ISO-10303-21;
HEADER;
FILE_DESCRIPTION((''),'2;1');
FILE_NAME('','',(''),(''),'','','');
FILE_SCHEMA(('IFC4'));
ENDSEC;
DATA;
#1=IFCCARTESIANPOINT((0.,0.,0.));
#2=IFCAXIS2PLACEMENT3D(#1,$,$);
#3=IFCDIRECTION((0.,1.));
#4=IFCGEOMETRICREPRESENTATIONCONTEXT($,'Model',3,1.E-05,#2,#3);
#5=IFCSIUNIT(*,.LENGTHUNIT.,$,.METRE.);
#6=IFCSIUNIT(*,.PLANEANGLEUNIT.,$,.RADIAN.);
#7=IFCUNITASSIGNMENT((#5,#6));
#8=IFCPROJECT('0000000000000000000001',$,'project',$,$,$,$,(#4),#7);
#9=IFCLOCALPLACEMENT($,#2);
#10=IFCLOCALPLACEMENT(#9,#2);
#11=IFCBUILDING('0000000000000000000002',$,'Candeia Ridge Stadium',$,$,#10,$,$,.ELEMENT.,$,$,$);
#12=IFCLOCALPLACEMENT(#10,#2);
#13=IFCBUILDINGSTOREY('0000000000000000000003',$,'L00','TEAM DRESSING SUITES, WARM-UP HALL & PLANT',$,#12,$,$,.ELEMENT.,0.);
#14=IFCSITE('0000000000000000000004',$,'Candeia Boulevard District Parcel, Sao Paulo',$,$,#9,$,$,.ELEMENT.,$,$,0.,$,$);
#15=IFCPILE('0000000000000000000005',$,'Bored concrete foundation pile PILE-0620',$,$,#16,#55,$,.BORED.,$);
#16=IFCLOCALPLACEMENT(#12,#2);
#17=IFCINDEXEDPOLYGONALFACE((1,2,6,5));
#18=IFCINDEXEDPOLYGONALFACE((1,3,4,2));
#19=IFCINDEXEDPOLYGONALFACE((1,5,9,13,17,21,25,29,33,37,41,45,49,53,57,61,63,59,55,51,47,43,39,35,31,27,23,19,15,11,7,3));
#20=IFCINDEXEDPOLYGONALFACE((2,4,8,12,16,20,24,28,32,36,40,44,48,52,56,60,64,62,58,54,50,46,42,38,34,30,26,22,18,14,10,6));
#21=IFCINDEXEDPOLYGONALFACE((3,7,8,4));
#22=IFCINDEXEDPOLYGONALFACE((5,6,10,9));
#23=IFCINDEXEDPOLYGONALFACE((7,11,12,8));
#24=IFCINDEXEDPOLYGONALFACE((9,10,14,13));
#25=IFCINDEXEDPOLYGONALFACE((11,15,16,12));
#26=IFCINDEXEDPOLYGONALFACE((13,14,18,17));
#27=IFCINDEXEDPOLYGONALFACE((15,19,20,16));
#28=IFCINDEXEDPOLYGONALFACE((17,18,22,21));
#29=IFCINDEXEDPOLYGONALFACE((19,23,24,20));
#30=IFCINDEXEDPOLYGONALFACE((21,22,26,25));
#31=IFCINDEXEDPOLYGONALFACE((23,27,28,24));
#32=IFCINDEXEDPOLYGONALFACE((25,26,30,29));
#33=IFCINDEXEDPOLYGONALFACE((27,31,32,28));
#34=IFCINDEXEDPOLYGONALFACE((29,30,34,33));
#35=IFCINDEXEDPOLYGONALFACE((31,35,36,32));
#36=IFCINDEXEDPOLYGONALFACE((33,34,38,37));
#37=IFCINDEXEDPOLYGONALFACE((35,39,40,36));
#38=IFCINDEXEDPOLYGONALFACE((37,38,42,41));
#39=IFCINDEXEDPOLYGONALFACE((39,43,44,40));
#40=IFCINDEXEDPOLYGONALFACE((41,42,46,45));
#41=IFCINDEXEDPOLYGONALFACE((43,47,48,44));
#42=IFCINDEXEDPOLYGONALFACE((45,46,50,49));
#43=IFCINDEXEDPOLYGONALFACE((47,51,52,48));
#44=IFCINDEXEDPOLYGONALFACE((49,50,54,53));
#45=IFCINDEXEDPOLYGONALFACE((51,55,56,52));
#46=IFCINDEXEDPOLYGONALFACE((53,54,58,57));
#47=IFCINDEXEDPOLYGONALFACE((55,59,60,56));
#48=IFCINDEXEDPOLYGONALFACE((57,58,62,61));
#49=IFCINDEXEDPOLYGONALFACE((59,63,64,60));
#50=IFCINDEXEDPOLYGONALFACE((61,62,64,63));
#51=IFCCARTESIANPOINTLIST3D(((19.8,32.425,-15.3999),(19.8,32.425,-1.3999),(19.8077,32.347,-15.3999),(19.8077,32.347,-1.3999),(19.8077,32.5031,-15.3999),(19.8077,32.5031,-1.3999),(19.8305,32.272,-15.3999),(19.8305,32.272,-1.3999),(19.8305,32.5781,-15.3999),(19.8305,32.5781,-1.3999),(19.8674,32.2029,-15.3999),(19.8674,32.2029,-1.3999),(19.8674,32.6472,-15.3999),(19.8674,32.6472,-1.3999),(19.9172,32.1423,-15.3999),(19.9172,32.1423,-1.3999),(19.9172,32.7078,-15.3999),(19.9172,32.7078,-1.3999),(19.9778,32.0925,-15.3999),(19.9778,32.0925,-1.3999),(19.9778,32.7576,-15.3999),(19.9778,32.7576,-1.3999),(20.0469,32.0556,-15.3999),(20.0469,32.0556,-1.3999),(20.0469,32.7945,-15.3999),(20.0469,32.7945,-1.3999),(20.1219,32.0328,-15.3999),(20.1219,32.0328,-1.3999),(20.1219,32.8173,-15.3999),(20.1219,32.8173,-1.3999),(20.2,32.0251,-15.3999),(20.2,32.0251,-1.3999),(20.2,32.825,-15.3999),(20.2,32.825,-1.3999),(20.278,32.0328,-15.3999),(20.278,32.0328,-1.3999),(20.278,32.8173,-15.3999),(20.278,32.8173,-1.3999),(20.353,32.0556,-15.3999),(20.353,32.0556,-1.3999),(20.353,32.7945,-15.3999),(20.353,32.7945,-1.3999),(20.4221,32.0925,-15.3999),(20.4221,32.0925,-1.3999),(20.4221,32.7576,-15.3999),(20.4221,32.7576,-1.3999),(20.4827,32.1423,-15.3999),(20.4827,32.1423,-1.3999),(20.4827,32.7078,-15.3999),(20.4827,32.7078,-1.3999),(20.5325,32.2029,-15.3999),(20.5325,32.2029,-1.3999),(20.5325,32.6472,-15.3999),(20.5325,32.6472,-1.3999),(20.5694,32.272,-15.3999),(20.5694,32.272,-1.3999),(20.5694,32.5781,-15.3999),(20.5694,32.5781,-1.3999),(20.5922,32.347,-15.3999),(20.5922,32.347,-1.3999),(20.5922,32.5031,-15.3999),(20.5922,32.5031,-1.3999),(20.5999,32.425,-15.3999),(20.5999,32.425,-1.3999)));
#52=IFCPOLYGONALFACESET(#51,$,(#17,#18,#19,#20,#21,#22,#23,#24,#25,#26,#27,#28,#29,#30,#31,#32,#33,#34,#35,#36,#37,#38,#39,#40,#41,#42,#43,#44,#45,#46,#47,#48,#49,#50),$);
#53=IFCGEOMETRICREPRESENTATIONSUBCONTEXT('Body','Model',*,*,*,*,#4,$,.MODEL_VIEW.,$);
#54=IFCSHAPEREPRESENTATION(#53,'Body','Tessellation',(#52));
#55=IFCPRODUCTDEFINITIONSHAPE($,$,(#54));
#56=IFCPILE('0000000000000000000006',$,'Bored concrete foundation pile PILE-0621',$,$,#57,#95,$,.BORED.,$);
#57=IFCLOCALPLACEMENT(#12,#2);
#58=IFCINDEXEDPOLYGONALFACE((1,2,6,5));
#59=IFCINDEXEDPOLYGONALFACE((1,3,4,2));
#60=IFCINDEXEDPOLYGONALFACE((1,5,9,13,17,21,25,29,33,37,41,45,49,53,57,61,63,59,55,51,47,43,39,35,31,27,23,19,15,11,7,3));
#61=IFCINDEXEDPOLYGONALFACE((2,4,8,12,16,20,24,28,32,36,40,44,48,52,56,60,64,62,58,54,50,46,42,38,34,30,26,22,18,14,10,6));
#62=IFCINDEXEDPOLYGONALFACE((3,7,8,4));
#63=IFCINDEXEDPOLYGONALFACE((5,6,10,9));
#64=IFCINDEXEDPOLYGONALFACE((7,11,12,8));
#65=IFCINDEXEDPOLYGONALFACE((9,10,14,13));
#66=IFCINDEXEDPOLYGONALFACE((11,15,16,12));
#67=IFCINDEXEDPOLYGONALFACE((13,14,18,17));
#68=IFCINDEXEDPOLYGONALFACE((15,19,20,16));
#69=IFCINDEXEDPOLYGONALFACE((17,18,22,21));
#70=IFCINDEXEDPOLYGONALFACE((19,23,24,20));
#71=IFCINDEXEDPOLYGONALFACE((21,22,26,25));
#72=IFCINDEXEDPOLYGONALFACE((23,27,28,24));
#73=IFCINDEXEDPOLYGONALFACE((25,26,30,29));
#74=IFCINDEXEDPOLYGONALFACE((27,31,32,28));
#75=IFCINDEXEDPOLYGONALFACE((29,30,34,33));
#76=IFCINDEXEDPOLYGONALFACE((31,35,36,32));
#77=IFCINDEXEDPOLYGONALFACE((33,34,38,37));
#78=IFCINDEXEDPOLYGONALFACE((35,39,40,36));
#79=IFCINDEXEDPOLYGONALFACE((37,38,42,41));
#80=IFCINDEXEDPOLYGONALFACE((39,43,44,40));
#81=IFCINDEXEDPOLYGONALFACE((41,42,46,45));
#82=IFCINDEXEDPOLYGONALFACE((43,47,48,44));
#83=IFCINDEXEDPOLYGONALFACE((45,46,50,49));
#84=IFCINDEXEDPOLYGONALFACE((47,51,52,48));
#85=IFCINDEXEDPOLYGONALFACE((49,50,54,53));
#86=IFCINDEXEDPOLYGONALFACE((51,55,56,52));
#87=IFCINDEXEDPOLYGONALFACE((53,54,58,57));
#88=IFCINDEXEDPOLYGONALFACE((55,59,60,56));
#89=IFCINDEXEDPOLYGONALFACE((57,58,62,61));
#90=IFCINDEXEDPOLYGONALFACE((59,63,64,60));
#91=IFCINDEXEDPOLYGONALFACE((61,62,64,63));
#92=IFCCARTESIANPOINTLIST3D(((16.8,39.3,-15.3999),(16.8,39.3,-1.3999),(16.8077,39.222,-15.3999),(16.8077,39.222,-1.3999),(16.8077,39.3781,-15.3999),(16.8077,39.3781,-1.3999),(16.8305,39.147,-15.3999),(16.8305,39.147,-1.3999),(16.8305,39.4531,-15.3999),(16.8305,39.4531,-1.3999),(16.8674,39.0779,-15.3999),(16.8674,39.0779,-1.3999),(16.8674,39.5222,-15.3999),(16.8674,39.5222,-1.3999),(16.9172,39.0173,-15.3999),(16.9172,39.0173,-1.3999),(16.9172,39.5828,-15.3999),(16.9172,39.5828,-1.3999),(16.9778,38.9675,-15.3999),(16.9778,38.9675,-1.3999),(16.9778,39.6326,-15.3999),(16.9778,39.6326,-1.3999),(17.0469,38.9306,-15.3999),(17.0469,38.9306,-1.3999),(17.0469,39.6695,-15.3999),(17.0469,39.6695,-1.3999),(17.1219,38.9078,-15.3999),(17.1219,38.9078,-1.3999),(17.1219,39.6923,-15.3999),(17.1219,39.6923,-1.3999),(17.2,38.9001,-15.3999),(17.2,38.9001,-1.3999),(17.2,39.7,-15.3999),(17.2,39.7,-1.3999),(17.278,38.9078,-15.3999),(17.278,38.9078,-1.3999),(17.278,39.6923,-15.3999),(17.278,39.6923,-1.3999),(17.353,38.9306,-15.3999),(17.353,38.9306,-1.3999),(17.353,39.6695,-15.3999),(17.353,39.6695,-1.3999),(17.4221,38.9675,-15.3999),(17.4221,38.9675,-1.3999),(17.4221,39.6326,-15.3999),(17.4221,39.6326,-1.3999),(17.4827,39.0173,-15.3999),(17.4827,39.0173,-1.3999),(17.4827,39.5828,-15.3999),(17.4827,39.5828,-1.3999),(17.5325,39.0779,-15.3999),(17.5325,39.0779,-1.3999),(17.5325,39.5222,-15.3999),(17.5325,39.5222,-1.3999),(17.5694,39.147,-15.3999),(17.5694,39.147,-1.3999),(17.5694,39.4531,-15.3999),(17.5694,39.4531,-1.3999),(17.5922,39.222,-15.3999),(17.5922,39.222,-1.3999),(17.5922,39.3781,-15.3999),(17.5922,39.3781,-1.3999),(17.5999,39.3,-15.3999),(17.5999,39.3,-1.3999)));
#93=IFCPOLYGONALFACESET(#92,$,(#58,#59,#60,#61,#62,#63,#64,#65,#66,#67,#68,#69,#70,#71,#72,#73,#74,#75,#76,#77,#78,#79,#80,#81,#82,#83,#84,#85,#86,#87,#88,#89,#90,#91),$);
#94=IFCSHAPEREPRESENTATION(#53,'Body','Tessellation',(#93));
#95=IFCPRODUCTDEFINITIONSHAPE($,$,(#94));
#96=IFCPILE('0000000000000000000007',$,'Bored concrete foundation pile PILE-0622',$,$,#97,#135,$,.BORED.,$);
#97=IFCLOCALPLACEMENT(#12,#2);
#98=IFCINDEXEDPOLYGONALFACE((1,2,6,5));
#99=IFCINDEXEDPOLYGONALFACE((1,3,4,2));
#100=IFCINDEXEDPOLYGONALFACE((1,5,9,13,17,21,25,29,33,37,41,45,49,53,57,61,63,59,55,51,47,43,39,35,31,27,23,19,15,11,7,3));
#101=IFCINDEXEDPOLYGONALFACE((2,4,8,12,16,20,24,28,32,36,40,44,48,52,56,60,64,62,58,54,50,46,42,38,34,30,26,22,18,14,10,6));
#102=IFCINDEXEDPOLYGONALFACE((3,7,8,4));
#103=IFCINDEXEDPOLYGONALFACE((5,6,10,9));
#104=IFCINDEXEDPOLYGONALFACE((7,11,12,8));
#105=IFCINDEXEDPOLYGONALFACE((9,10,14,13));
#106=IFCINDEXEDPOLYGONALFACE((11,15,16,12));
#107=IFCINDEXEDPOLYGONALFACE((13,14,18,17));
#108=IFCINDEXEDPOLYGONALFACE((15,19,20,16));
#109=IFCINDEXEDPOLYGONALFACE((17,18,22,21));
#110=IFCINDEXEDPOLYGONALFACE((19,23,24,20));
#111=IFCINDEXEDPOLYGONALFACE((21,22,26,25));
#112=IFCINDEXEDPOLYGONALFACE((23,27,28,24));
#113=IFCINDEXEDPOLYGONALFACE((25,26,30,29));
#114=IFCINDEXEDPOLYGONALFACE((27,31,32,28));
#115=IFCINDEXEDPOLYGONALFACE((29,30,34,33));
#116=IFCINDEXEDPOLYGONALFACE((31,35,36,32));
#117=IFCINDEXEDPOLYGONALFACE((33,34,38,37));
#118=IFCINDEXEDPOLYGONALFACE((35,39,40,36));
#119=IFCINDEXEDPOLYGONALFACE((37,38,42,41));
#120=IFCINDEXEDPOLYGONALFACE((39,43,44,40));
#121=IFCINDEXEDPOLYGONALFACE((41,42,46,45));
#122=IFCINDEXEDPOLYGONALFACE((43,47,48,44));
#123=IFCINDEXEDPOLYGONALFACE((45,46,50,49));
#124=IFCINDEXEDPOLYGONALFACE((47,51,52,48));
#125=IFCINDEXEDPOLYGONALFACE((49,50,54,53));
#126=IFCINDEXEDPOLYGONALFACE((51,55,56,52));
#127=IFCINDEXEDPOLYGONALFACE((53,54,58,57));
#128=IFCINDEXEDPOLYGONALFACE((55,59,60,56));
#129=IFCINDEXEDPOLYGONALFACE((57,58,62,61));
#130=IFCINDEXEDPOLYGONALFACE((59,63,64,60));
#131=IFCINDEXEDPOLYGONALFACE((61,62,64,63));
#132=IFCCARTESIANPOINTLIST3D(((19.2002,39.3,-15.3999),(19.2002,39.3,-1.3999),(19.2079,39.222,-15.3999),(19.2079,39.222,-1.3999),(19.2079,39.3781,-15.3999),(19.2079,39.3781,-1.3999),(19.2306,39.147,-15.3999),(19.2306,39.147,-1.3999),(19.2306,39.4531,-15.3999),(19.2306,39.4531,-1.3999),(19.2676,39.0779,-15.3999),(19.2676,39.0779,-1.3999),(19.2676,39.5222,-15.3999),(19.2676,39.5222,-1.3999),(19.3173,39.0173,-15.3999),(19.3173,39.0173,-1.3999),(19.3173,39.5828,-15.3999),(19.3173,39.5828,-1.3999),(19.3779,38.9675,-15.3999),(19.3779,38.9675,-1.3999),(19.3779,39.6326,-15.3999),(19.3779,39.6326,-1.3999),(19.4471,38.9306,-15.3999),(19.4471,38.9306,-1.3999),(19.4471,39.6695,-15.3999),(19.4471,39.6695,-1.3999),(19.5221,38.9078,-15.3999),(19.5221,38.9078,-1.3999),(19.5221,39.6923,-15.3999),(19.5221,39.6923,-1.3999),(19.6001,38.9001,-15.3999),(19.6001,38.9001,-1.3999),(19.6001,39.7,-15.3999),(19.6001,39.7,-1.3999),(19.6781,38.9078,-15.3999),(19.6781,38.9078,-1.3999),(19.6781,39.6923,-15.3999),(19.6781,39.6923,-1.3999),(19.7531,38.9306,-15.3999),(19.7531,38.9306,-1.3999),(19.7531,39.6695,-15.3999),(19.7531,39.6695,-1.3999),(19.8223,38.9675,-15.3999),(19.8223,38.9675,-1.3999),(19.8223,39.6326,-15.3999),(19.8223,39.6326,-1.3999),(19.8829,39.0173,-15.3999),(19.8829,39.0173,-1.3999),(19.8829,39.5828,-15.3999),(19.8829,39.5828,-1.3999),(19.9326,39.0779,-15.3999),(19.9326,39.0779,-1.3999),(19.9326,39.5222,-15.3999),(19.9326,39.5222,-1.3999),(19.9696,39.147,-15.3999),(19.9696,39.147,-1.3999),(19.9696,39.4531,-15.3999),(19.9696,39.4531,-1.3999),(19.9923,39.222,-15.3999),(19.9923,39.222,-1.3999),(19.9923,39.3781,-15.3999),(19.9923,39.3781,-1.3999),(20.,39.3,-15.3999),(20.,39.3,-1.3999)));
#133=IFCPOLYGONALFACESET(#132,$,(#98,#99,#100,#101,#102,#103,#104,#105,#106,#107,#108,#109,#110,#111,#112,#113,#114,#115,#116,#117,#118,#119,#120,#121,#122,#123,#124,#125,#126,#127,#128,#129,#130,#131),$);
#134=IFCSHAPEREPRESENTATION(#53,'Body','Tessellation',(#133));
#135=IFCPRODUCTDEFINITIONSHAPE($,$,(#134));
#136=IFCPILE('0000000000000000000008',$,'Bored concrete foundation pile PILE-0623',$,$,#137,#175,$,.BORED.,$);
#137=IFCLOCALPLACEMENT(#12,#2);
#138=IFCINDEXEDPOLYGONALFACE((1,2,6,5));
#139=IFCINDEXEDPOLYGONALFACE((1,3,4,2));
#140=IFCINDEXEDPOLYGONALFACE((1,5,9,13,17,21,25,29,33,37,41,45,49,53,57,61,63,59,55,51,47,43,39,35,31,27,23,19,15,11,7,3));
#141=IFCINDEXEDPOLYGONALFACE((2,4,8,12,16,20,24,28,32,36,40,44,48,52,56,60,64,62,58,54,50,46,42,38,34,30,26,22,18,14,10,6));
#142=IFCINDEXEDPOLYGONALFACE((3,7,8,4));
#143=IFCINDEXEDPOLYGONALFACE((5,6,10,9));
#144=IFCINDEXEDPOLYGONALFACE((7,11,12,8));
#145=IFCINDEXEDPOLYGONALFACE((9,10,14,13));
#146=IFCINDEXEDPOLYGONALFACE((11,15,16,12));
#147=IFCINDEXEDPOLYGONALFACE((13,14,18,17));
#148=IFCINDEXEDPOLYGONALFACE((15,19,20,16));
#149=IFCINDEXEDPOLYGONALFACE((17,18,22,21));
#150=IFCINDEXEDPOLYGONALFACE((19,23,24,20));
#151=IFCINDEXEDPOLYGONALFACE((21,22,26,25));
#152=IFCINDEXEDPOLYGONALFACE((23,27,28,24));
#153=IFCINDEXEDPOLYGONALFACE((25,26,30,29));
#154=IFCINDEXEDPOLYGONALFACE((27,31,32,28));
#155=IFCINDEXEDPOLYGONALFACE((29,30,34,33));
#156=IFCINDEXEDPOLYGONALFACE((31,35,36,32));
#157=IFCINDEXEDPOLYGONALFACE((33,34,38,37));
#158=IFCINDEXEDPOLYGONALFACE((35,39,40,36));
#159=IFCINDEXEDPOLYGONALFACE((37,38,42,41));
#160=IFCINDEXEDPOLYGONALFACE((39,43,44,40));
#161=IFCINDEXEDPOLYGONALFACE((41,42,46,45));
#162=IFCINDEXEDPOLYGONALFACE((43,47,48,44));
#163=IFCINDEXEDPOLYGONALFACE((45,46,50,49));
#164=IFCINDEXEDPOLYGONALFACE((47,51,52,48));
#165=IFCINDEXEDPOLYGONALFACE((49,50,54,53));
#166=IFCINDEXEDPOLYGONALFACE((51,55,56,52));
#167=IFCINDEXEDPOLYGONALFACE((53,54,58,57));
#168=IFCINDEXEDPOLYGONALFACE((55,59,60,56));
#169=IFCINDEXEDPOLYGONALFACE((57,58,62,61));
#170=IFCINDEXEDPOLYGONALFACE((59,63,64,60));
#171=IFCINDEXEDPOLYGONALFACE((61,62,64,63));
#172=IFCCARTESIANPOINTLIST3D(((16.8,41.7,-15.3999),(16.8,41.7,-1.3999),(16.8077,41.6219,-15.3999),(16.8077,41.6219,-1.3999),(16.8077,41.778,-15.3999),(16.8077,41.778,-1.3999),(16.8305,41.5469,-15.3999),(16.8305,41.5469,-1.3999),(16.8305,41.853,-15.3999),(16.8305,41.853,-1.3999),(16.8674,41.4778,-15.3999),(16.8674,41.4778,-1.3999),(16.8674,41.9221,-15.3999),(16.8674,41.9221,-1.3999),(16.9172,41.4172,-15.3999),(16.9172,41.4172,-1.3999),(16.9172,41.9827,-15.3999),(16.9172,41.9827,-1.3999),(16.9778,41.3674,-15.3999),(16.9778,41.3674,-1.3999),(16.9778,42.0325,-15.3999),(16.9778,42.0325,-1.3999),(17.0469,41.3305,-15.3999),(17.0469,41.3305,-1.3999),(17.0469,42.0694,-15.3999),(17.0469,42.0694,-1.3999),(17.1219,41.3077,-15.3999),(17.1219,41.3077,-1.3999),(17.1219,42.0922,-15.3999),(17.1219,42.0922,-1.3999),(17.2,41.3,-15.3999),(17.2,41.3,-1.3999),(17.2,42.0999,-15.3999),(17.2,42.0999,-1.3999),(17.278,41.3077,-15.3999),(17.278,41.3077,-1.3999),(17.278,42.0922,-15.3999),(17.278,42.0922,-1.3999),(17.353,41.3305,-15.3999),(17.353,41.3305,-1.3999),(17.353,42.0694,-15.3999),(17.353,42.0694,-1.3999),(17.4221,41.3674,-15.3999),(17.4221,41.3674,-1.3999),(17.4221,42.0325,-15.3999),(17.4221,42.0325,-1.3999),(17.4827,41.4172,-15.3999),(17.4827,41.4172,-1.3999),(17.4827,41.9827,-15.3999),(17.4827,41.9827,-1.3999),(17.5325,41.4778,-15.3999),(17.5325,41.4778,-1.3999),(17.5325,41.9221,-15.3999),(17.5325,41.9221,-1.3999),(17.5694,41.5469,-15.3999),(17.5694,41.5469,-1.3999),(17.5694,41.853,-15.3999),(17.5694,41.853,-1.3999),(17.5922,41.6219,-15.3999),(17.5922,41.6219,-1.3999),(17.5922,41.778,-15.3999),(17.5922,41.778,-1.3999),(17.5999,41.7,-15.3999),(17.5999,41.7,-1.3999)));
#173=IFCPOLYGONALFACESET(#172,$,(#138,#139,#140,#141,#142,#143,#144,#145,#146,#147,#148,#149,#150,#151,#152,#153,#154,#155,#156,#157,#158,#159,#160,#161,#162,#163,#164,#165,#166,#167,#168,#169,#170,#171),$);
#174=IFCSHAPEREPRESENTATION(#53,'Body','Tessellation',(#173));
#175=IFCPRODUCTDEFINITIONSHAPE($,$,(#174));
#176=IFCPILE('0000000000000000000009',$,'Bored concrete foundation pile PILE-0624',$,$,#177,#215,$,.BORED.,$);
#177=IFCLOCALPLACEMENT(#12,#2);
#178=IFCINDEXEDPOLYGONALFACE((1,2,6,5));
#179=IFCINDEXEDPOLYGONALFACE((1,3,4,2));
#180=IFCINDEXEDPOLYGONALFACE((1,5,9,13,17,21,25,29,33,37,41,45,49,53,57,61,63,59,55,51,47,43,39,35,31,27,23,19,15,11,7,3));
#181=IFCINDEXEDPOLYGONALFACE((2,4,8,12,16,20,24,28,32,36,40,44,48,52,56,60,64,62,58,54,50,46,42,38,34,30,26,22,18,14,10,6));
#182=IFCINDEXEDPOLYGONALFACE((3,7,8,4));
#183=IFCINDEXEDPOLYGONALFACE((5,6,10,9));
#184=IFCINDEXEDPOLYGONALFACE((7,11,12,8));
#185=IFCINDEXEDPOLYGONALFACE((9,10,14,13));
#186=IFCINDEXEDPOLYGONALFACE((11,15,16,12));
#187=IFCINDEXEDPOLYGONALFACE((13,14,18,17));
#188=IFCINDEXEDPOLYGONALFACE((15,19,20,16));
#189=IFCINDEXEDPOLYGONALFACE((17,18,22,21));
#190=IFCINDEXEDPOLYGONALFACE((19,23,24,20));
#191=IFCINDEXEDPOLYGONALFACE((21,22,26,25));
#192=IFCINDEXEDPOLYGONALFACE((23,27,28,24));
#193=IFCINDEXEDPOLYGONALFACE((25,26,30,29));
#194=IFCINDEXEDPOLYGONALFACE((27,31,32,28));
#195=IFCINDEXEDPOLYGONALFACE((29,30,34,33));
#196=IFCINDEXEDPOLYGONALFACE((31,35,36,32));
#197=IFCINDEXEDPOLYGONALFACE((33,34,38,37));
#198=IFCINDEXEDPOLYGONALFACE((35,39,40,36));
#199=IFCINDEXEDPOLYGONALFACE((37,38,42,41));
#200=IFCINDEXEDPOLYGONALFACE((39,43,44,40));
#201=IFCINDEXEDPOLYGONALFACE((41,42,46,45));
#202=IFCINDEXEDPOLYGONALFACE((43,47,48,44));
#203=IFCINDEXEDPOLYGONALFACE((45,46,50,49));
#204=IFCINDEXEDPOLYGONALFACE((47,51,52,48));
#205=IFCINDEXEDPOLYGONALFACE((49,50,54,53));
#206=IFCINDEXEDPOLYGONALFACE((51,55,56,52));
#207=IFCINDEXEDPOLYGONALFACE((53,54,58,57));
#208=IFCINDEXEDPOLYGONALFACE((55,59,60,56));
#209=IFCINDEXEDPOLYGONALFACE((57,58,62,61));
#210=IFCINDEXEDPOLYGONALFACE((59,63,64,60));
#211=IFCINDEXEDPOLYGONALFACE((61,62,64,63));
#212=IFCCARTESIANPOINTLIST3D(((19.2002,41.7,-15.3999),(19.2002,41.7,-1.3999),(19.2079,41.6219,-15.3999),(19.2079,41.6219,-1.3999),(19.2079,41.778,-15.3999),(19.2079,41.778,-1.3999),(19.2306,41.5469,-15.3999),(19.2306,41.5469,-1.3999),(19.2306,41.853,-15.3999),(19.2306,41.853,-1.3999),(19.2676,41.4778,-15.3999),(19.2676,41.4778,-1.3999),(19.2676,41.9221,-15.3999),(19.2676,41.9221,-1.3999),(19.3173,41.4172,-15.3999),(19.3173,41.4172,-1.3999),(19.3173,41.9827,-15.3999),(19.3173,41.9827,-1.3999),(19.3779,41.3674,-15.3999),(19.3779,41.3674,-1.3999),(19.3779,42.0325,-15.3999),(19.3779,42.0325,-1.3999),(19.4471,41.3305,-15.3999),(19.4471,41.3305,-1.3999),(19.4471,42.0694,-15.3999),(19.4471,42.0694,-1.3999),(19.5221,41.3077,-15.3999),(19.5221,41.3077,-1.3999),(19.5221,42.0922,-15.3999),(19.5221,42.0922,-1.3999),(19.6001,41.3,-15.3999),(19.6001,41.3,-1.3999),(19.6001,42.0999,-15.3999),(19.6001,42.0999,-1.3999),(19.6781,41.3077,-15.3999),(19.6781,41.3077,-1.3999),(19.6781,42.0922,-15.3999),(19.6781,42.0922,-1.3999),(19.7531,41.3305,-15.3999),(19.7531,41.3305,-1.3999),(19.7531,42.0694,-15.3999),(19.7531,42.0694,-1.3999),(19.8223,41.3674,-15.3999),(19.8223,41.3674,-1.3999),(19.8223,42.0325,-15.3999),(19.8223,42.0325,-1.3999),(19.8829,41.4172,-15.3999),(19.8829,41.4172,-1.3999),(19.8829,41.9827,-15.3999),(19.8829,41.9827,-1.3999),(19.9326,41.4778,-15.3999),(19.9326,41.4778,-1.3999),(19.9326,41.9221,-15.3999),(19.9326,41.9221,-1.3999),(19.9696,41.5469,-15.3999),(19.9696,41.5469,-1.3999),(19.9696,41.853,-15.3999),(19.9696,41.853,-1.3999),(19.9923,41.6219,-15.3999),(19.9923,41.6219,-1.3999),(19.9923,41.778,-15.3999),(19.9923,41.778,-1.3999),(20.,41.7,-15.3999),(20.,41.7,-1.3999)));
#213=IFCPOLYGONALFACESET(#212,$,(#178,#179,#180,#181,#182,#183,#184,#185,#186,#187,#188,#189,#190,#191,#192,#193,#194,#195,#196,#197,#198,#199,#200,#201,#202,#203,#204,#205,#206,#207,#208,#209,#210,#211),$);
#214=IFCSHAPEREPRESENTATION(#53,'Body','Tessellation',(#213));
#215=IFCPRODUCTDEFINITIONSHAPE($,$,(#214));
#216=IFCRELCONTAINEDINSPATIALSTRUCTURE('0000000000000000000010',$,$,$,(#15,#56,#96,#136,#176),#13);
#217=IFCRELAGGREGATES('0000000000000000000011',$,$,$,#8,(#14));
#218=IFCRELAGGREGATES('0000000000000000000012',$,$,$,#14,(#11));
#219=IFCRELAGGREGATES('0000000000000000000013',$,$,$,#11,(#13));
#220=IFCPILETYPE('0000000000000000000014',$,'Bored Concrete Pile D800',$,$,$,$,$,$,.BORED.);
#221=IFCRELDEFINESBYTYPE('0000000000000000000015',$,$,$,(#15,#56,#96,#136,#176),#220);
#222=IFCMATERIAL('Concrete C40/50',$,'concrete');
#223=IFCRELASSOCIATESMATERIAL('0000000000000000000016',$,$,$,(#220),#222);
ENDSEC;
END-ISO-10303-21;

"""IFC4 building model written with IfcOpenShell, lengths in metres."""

from ifc_helpers import new_model, si_unit, direction, frame, origin, origin_2d, place, context, subcontext, project, spatial, circle, extrude, material, material_profile, profile_set, type_object, element, save


model = new_model("IFC4")

# Units and contexts
model_context = context("Model", 3, precision=1e-05, world=origin(), true_north=direction((0.0, 1.0)))
body_context = subcontext(model_context, "Body", "Model", "MODEL_VIEW")
ifc_project = project(units=[si_unit("LENGTHUNIT", "METRE"), si_unit("PLANEANGLEUNIT", "RADIAN")], contexts=[model_context])

# Site, building, storey
site_placement = place(None, origin())
site = spatial("IfcSite", under=ifc_project, at=site_placement, Name="Candeia Boulevard District Parcel, Sao Paulo", CompositionType="ELEMENT", RefElevation=0.0)
building_placement = place(site_placement, origin())
building = spatial("IfcBuilding", under=site, at=building_placement, Name="Candeia Ridge Stadium", CompositionType="ELEMENT")
storey_placement = place(building_placement, origin())
storey = spatial("IfcBuildingStorey", under=building, at=storey_placement, Name="L00", Description="TEAM DRESSING SUITES, WARM-UP HALL & PLANT", CompositionType="ELEMENT", Elevation=0.0)

# Piles
ifc_material_1 = material(Name="Concrete C40/50", Category="concrete")
ifc_material_profile_1 = material_profile(ifc_material_1, circle(Radius=0.3999, at=origin_2d()), Name="PILE-D800", Category="concrete")
ifc_profile_set_1 = profile_set([ifc_material_profile_1], Name="Concrete C40/50")
pile_type = type_object("IfcPileType", Name="Bored Concrete Pile D800", PredefinedType="BORED", material=ifc_profile_set_1)
for number, where, z_axis, x_axis, name in (
    (1, (20.2, 32.425, -1.3999), (0.0, 0.0, -1.0), (1.0, 0.0, 0.0), "Bored concrete foundation pile PILE-0620"),
    (2, (17.2, 39.3, -1.3999), (0.0, 0.0, -1.0), (1.0, 0.0, 0.0), "Bored concrete foundation pile PILE-0621"),
    (3, (19.6001, 39.3, -1.3999), (0.0, 0.0, -1.0), (1.0, 0.0, 0.0), "Bored concrete foundation pile PILE-0622"),
    (4, (17.2, 41.7, -1.3999), (0.0, 0.0, -1.0), (1.0, 0.0, 0.0), "Bored concrete foundation pile PILE-0623"),
    (5, (19.6001, 41.7, -1.3999), (0.0, 0.0, -1.0), (1.0, 0.0, 0.0), "Bored concrete foundation pile PILE-0624"),
):
    element("IfcPile", number, at=place(storey_placement, frame(where, z_axis=z_axis, x_axis=x_axis)), inside=storey, type_object=pile_type, Name=name, PredefinedType="BORED", context=body_context, shape_type="SweptSolid", body=[
        extrude(circle(Radius=0.3999, at=origin_2d()), origin(), (0.0, 0.0, 1.0), 14.0),
    ])

save(model, "model.ifc")
